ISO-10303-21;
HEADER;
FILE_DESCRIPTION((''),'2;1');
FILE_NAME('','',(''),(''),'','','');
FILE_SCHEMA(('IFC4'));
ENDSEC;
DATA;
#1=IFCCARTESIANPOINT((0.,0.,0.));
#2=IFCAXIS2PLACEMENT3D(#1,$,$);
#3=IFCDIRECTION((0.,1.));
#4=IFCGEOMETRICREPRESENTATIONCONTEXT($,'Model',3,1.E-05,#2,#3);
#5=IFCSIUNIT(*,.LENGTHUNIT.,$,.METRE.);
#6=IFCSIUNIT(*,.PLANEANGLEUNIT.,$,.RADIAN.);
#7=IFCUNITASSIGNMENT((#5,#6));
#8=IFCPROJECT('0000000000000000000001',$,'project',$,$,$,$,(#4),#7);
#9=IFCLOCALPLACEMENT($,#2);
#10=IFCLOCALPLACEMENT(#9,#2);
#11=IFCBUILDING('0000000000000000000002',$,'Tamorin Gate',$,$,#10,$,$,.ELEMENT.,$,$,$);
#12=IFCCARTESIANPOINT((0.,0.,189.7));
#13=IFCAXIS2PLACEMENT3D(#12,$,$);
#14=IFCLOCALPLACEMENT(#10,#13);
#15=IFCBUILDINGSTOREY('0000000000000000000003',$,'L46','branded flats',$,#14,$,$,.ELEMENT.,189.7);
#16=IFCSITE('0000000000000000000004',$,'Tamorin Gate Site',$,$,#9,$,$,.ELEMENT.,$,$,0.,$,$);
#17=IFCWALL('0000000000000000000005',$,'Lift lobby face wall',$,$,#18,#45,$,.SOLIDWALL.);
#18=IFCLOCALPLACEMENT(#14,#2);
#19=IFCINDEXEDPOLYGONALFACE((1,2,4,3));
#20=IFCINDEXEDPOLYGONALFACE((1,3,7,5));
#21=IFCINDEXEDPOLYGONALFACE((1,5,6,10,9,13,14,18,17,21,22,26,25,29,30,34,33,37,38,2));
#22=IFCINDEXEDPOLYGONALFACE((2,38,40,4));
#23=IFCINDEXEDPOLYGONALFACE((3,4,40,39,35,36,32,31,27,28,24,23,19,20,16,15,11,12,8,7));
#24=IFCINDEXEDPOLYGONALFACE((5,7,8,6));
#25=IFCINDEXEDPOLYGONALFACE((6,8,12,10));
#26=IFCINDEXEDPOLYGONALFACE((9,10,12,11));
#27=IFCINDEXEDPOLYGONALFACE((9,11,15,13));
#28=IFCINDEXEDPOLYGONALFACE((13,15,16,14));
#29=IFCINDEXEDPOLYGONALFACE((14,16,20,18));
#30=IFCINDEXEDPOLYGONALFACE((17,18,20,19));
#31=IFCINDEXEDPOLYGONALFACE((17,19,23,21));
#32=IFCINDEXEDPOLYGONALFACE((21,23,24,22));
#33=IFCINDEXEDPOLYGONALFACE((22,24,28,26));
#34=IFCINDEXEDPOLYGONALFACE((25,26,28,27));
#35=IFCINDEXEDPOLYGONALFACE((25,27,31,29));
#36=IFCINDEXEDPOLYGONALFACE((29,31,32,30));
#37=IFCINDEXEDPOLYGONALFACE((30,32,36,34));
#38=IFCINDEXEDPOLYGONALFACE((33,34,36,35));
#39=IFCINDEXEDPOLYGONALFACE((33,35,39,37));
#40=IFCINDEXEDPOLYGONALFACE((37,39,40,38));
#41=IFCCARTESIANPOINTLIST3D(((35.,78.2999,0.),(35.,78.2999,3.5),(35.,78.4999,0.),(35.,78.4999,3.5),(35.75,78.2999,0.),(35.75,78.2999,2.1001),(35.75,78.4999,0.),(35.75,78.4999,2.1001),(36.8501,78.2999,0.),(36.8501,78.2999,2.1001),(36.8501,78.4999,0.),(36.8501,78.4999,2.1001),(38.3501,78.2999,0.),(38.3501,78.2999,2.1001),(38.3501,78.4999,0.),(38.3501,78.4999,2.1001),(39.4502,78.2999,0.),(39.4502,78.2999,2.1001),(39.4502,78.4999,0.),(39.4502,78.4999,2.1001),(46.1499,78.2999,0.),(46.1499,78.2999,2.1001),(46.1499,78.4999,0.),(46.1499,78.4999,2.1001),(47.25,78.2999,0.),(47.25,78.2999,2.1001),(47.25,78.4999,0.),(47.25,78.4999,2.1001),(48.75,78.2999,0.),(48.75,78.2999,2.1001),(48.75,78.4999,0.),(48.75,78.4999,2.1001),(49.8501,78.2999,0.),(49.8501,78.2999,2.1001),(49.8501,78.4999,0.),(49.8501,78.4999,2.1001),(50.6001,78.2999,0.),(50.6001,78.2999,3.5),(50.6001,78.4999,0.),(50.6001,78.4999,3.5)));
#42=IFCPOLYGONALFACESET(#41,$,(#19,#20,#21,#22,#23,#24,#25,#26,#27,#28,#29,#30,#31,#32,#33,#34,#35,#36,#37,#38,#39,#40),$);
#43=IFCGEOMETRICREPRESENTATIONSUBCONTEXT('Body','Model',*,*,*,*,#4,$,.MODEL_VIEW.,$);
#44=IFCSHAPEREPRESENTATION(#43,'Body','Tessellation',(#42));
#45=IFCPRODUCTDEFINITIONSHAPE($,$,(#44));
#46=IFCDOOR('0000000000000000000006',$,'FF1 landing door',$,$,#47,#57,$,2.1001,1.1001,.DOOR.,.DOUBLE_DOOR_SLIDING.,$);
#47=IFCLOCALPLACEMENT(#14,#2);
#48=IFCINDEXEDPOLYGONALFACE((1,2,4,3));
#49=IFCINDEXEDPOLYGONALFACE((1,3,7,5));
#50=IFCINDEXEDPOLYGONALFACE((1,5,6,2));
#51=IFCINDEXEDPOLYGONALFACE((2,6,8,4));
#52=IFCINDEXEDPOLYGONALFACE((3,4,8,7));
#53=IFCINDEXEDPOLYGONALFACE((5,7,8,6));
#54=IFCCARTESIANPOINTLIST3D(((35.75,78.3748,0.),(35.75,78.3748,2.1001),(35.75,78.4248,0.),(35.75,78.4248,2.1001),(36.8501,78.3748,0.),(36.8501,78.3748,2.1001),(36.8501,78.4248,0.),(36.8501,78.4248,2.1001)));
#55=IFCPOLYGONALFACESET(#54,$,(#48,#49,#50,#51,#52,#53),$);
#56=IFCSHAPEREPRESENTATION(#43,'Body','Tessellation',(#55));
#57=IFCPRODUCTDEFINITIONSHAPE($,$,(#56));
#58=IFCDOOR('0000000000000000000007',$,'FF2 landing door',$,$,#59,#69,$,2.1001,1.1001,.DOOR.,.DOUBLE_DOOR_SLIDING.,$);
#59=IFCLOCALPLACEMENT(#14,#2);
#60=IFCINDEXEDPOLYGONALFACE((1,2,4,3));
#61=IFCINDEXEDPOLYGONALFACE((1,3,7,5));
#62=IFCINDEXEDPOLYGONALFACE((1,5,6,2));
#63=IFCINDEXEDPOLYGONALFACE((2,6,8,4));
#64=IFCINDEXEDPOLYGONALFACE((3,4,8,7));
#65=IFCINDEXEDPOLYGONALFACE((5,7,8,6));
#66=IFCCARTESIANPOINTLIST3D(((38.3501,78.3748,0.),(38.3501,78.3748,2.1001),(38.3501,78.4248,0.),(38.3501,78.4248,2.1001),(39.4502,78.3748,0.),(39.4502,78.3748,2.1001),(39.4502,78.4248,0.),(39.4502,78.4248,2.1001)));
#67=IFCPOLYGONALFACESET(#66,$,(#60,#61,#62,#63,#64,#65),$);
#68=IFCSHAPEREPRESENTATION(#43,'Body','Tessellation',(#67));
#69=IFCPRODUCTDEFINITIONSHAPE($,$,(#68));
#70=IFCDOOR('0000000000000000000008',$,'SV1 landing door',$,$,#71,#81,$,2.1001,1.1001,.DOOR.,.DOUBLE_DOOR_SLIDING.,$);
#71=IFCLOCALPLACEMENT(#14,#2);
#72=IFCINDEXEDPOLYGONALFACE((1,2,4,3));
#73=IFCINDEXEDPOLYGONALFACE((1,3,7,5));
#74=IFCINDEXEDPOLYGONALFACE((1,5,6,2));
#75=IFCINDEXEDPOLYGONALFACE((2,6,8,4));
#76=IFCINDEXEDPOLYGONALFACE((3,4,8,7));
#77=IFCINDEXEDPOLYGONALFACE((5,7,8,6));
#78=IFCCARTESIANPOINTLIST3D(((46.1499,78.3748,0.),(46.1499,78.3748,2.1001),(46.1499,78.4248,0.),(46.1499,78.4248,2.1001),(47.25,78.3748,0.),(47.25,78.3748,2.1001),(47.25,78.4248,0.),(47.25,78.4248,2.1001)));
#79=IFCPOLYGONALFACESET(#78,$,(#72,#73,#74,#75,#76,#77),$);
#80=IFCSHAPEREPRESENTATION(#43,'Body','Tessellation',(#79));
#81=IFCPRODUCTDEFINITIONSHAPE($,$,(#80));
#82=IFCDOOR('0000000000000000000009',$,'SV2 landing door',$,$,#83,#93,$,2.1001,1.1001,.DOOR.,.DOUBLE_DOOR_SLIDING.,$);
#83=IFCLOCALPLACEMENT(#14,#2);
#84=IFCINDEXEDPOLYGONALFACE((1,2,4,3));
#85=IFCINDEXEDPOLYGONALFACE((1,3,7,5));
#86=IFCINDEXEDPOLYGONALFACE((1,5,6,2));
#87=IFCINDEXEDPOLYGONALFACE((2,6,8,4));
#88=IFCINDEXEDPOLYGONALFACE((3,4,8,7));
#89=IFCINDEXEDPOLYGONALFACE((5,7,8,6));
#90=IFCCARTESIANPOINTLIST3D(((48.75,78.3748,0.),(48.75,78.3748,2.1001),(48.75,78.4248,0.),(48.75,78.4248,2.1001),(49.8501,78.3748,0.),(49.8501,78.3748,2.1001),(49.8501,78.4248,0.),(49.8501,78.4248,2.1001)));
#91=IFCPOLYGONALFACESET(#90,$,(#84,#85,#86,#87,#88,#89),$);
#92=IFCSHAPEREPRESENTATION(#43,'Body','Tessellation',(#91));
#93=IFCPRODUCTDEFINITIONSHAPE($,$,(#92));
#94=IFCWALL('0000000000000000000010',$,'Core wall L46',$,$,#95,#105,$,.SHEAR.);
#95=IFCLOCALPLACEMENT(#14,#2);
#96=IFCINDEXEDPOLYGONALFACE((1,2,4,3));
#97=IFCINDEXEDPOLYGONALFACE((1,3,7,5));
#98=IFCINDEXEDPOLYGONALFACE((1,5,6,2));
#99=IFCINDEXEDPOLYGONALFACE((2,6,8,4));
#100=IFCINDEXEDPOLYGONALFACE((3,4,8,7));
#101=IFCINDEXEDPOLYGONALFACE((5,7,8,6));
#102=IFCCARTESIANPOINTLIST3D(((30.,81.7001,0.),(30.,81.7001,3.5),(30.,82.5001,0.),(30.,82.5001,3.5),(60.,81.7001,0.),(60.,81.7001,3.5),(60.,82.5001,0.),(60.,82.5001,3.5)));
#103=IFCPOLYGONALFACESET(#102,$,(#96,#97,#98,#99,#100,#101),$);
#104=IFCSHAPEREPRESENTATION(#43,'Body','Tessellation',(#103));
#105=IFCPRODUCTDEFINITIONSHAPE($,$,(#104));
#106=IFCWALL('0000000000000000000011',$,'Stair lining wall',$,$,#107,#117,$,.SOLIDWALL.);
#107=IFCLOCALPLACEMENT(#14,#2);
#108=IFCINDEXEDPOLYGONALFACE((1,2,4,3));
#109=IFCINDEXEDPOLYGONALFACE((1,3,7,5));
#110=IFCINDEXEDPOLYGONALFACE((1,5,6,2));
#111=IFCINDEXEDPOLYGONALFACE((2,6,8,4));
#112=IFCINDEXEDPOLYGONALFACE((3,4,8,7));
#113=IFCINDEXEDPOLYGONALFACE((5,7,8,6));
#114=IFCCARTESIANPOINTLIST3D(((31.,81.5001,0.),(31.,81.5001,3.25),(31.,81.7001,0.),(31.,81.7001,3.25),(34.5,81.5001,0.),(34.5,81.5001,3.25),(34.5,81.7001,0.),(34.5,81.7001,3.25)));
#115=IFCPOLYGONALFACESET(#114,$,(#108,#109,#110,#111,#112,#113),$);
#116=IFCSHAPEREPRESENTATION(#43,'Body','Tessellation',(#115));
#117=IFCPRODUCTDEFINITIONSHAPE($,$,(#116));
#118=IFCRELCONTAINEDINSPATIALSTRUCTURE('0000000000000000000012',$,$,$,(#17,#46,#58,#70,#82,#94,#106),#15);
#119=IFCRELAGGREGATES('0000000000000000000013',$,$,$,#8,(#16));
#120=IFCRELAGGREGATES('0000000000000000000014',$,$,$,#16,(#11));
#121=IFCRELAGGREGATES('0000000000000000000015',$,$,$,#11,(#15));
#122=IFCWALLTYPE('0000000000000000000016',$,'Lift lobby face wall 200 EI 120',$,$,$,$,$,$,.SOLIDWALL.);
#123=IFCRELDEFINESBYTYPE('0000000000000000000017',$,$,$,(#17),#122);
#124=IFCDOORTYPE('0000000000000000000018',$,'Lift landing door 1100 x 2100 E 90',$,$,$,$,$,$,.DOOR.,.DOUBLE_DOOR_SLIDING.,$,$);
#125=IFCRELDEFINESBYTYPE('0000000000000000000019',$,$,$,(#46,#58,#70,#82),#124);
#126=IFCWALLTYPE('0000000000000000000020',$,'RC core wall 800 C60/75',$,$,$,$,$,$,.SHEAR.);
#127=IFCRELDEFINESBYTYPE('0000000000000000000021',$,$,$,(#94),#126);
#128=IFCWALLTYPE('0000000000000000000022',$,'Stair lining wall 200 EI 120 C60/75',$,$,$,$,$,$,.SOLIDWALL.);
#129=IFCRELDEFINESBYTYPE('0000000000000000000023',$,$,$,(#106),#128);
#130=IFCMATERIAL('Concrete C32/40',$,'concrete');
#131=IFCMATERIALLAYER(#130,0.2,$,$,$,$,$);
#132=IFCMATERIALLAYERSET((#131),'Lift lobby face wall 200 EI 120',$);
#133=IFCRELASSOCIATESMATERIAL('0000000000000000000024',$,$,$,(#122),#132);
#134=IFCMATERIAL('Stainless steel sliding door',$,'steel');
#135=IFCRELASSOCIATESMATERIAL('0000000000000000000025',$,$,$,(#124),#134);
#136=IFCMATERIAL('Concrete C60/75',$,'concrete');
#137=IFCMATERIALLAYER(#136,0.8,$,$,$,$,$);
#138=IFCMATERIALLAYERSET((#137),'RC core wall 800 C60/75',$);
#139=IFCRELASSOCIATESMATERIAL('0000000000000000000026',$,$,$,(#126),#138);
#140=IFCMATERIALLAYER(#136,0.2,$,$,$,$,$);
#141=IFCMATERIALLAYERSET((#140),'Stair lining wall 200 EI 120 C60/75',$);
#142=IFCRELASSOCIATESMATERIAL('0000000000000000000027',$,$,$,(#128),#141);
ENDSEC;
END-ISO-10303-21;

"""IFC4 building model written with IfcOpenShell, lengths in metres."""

from ifc_helpers import new_model, si_unit, direction, frame, frame_2d, origin, place, context, subcontext, project, spatial, rectangle, extrude, material, layer, layer_set, type_object, element, fill, save


model = new_model("IFC4")

# Units and contexts
model_context = context("Model", 3, precision=1e-05, world=origin(), true_north=direction((0.0, 1.0)))
body_context = subcontext(model_context, "Body", "Model", "MODEL_VIEW")
ifc_project = project(units=[si_unit("LENGTHUNIT", "METRE"), si_unit("PLANEANGLEUNIT", "RADIAN")], contexts=[model_context])

# Site, building, storey
site_placement = place(None, origin())
site = spatial("IfcSite", under=ifc_project, at=site_placement, Name="Tamorin Gate Site", CompositionType="ELEMENT", RefElevation=0.0)
building_placement = place(site_placement, origin())
building = spatial("IfcBuilding", under=site, at=building_placement, Name="Tamorin Gate", CompositionType="ELEMENT")
storey_placement = place(building_placement, frame((0.0, 0.0, 189.7)))
storey = spatial("IfcBuildingStorey", under=building, at=storey_placement, Name="L46", Description="branded flats", CompositionType="ELEMENT", Elevation=189.7)

# Shared definitions
ifc_material_1 = material(Name="Concrete C60/75", Category="concrete")

# Wall, openings, doors
ifc_material_2 = material(Name="Concrete C32/40", Category="concrete")
ifc_layer_1 = layer(ifc_material_2, 0.2)
ifc_layer_set_1 = layer_set([ifc_layer_1], Name="Lift lobby face wall 200 EI 120")
wall_type_1 = type_object("IfcWallType", Name="Lift lobby face wall 200 EI 120", PredefinedType="SOLIDWALL", material=ifc_layer_set_1)
wall_1_placement = place(storey_placement, frame((35.0, 78.3999, 0.0), z_axis=(0.0, 0.0, 1.0), x_axis=(1.0, 0.0, 0.0)))
wall_1 = element("IfcWall", 1, at=wall_1_placement, inside=storey, type_object=wall_type_1, Name="Lift lobby face wall", PredefinedType="SOLIDWALL", context=body_context, shape_type="SweptSolid", body=[
    extrude(rectangle(XDim=15.6001, YDim=0.2, at=frame_2d((7.8, 0.0))), origin(), (0.0, 0.0, 1.0), 3.5),
])
opening_1_placement = place(wall_1_placement, frame((0.75, 0.0, 0.0)))
opening_1 = element("IfcOpeningElement", 2, at=opening_1_placement, cuts=wall_1, PredefinedType="OPENING", context=body_context, shape_type="SweptSolid", body=[
    extrude(rectangle(XDim=1.1001, YDim=2.1001, at=frame_2d((0.55, 1.05))), frame((0.0, 0.1099, 0.0), z_axis=(0.0, -1.0, 0.0), x_axis=(1.0, 0.0, 0.0)), (0.0, 0.0, 1.0), 0.22),
])
opening_2_placement = place(wall_1_placement, frame((3.3501, 0.0, 0.0)))
opening_2 = element("IfcOpeningElement", 3, at=opening_2_placement, cuts=wall_1, PredefinedType="OPENING", context=body_context, shape_type="SweptSolid", body=[
    extrude(rectangle(XDim=1.1001, YDim=2.1001, at=frame_2d((0.55, 1.05))), frame((0.0, 0.1099, 0.0), z_axis=(0.0, -1.0, 0.0), x_axis=(1.0, 0.0, 0.0)), (0.0, 0.0, 1.0), 0.22),
])
opening_3_placement = place(wall_1_placement, frame((11.1499, 0.0, 0.0)))
opening_3 = element("IfcOpeningElement", 4, at=opening_3_placement, cuts=wall_1, PredefinedType="OPENING", context=body_context, shape_type="SweptSolid", body=[
    extrude(rectangle(XDim=1.1001, YDim=2.1001, at=frame_2d((0.55, 1.05))), frame((0.0, 0.1099, 0.0), z_axis=(0.0, -1.0, 0.0), x_axis=(1.0, 0.0, 0.0)), (0.0, 0.0, 1.0), 0.22),
])
opening_4_placement = place(wall_1_placement, frame((13.75, 0.0, 0.0)))
opening_4 = element("IfcOpeningElement", 5, at=opening_4_placement, cuts=wall_1, PredefinedType="OPENING", context=body_context, shape_type="SweptSolid", body=[
    extrude(rectangle(XDim=1.1001, YDim=2.1001, at=frame_2d((0.55, 1.05))), frame((0.0, 0.1099, 0.0), z_axis=(0.0, -1.0, 0.0), x_axis=(1.0, 0.0, 0.0)), (0.0, 0.0, 1.0), 0.22),
])
ifc_material_3 = material(Name="Stainless steel sliding door", Category="steel")
door_type_1 = type_object("IfcDoorType", Name="Lift landing door 1100 x 2100 E 90", OperationType="DOUBLE_DOOR_SLIDING", PredefinedType="DOOR", material=ifc_material_3)
door_1_placement = place(opening_1_placement, origin())
door_1 = element("IfcDoor", 6, at=door_1_placement, inside=storey, type_object=door_type_1, Name="FF1 landing door", OperationType="DOUBLE_DOOR_SLIDING", OverallHeight=2.1001, OverallWidth=1.1001, PredefinedType="DOOR", context=body_context, shape_type="SweptSolid", body=[
    extrude(rectangle(XDim=1.1001, YDim=2.1001, at=frame_2d((0.55, 1.05))), frame((0.0, 0.0249, 0.0), z_axis=(0.0, -1.0, 0.0), x_axis=(1.0, 0.0, 0.0)), (0.0, 0.0, 1.0), 0.05),
])
fill(opening_1, door_1)
door_2_placement = place(opening_2_placement, origin())
door_2 = element("IfcDoor", 7, at=door_2_placement, inside=storey, type_object=door_type_1, Name="FF2 landing door", OperationType="DOUBLE_DOOR_SLIDING", OverallHeight=2.1001, OverallWidth=1.1001, PredefinedType="DOOR", context=body_context, shape_type="SweptSolid", body=[
    extrude(rectangle(XDim=1.1001, YDim=2.1001, at=frame_2d((0.55, 1.05))), frame((0.0, 0.0249, 0.0), z_axis=(0.0, -1.0, 0.0), x_axis=(1.0, 0.0, 0.0)), (0.0, 0.0, 1.0), 0.05),
])
fill(opening_2, door_2)
door_3_placement = place(opening_3_placement, origin())
door_3 = element("IfcDoor", 8, at=door_3_placement, inside=storey, type_object=door_type_1, Name="SV1 landing door", OperationType="DOUBLE_DOOR_SLIDING", OverallHeight=2.1001, OverallWidth=1.1001, PredefinedType="DOOR", context=body_context, shape_type="SweptSolid", body=[
    extrude(rectangle(XDim=1.1001, YDim=2.1001, at=frame_2d((0.55, 1.05))), frame((0.0, 0.0249, 0.0), z_axis=(0.0, -1.0, 0.0), x_axis=(1.0, 0.0, 0.0)), (0.0, 0.0, 1.0), 0.05),
])
fill(opening_3, door_3)
door_4_placement = place(opening_4_placement, origin())
door_4 = element("IfcDoor", 9, at=door_4_placement, inside=storey, type_object=door_type_1, Name="SV2 landing door", OperationType="DOUBLE_DOOR_SLIDING", OverallHeight=2.1001, OverallWidth=1.1001, PredefinedType="DOOR", context=body_context, shape_type="SweptSolid", body=[
    extrude(rectangle(XDim=1.1001, YDim=2.1001, at=frame_2d((0.55, 1.05))), frame((0.0, 0.0249, 0.0), z_axis=(0.0, -1.0, 0.0), x_axis=(1.0, 0.0, 0.0)), (0.0, 0.0, 1.0), 0.05),
])
fill(opening_4, door_4)

# Walls
ifc_layer_2 = layer(ifc_material_1, 0.8)
ifc_layer_set_2 = layer_set([ifc_layer_2], Name="RC core wall 800 C60/75")
wall_type_2 = type_object("IfcWallType", Name="RC core wall 800 C60/75", PredefinedType="SHEAR", material=ifc_layer_set_2)
wall_2_placement = place(storey_placement, frame((30.0, 82.1001, 0.0), z_axis=(0.0, 0.0, 1.0), x_axis=(1.0, 0.0, 0.0)))
element("IfcWall", 10, at=wall_2_placement, inside=storey, type_object=wall_type_2, Name="Core wall L46", PredefinedType="SHEAR", context=body_context, shape_type="SweptSolid", body=[
    extrude(rectangle(XDim=30.0, YDim=0.8, at=frame_2d((15.0, 0.0))), origin(), (0.0, 0.0, 1.0), 3.5),
])
ifc_layer_3 = layer(ifc_material_1, 0.2)
ifc_layer_set_3 = layer_set([ifc_layer_3], Name="Stair lining wall 200 EI 120 C60/75")
wall_type_3 = type_object("IfcWallType", Name="Stair lining wall 200 EI 120 C60/75", PredefinedType="SOLIDWALL", material=ifc_layer_set_3)
wall_3_placement = place(storey_placement, frame((31.0, 81.6001, 0.0), z_axis=(0.0, 0.0, 1.0), x_axis=(1.0, 0.0, 0.0)))
element("IfcWall", 11, at=wall_3_placement, inside=storey, type_object=wall_type_3, Name="Stair lining wall", PredefinedType="SOLIDWALL", context=body_context, shape_type="SweptSolid", body=[
    extrude(rectangle(XDim=3.5, YDim=0.2, at=frame_2d((1.75, 0.0))), origin(), (0.0, 0.0, 1.0), 3.25),
])

save(model, "model.ifc")
